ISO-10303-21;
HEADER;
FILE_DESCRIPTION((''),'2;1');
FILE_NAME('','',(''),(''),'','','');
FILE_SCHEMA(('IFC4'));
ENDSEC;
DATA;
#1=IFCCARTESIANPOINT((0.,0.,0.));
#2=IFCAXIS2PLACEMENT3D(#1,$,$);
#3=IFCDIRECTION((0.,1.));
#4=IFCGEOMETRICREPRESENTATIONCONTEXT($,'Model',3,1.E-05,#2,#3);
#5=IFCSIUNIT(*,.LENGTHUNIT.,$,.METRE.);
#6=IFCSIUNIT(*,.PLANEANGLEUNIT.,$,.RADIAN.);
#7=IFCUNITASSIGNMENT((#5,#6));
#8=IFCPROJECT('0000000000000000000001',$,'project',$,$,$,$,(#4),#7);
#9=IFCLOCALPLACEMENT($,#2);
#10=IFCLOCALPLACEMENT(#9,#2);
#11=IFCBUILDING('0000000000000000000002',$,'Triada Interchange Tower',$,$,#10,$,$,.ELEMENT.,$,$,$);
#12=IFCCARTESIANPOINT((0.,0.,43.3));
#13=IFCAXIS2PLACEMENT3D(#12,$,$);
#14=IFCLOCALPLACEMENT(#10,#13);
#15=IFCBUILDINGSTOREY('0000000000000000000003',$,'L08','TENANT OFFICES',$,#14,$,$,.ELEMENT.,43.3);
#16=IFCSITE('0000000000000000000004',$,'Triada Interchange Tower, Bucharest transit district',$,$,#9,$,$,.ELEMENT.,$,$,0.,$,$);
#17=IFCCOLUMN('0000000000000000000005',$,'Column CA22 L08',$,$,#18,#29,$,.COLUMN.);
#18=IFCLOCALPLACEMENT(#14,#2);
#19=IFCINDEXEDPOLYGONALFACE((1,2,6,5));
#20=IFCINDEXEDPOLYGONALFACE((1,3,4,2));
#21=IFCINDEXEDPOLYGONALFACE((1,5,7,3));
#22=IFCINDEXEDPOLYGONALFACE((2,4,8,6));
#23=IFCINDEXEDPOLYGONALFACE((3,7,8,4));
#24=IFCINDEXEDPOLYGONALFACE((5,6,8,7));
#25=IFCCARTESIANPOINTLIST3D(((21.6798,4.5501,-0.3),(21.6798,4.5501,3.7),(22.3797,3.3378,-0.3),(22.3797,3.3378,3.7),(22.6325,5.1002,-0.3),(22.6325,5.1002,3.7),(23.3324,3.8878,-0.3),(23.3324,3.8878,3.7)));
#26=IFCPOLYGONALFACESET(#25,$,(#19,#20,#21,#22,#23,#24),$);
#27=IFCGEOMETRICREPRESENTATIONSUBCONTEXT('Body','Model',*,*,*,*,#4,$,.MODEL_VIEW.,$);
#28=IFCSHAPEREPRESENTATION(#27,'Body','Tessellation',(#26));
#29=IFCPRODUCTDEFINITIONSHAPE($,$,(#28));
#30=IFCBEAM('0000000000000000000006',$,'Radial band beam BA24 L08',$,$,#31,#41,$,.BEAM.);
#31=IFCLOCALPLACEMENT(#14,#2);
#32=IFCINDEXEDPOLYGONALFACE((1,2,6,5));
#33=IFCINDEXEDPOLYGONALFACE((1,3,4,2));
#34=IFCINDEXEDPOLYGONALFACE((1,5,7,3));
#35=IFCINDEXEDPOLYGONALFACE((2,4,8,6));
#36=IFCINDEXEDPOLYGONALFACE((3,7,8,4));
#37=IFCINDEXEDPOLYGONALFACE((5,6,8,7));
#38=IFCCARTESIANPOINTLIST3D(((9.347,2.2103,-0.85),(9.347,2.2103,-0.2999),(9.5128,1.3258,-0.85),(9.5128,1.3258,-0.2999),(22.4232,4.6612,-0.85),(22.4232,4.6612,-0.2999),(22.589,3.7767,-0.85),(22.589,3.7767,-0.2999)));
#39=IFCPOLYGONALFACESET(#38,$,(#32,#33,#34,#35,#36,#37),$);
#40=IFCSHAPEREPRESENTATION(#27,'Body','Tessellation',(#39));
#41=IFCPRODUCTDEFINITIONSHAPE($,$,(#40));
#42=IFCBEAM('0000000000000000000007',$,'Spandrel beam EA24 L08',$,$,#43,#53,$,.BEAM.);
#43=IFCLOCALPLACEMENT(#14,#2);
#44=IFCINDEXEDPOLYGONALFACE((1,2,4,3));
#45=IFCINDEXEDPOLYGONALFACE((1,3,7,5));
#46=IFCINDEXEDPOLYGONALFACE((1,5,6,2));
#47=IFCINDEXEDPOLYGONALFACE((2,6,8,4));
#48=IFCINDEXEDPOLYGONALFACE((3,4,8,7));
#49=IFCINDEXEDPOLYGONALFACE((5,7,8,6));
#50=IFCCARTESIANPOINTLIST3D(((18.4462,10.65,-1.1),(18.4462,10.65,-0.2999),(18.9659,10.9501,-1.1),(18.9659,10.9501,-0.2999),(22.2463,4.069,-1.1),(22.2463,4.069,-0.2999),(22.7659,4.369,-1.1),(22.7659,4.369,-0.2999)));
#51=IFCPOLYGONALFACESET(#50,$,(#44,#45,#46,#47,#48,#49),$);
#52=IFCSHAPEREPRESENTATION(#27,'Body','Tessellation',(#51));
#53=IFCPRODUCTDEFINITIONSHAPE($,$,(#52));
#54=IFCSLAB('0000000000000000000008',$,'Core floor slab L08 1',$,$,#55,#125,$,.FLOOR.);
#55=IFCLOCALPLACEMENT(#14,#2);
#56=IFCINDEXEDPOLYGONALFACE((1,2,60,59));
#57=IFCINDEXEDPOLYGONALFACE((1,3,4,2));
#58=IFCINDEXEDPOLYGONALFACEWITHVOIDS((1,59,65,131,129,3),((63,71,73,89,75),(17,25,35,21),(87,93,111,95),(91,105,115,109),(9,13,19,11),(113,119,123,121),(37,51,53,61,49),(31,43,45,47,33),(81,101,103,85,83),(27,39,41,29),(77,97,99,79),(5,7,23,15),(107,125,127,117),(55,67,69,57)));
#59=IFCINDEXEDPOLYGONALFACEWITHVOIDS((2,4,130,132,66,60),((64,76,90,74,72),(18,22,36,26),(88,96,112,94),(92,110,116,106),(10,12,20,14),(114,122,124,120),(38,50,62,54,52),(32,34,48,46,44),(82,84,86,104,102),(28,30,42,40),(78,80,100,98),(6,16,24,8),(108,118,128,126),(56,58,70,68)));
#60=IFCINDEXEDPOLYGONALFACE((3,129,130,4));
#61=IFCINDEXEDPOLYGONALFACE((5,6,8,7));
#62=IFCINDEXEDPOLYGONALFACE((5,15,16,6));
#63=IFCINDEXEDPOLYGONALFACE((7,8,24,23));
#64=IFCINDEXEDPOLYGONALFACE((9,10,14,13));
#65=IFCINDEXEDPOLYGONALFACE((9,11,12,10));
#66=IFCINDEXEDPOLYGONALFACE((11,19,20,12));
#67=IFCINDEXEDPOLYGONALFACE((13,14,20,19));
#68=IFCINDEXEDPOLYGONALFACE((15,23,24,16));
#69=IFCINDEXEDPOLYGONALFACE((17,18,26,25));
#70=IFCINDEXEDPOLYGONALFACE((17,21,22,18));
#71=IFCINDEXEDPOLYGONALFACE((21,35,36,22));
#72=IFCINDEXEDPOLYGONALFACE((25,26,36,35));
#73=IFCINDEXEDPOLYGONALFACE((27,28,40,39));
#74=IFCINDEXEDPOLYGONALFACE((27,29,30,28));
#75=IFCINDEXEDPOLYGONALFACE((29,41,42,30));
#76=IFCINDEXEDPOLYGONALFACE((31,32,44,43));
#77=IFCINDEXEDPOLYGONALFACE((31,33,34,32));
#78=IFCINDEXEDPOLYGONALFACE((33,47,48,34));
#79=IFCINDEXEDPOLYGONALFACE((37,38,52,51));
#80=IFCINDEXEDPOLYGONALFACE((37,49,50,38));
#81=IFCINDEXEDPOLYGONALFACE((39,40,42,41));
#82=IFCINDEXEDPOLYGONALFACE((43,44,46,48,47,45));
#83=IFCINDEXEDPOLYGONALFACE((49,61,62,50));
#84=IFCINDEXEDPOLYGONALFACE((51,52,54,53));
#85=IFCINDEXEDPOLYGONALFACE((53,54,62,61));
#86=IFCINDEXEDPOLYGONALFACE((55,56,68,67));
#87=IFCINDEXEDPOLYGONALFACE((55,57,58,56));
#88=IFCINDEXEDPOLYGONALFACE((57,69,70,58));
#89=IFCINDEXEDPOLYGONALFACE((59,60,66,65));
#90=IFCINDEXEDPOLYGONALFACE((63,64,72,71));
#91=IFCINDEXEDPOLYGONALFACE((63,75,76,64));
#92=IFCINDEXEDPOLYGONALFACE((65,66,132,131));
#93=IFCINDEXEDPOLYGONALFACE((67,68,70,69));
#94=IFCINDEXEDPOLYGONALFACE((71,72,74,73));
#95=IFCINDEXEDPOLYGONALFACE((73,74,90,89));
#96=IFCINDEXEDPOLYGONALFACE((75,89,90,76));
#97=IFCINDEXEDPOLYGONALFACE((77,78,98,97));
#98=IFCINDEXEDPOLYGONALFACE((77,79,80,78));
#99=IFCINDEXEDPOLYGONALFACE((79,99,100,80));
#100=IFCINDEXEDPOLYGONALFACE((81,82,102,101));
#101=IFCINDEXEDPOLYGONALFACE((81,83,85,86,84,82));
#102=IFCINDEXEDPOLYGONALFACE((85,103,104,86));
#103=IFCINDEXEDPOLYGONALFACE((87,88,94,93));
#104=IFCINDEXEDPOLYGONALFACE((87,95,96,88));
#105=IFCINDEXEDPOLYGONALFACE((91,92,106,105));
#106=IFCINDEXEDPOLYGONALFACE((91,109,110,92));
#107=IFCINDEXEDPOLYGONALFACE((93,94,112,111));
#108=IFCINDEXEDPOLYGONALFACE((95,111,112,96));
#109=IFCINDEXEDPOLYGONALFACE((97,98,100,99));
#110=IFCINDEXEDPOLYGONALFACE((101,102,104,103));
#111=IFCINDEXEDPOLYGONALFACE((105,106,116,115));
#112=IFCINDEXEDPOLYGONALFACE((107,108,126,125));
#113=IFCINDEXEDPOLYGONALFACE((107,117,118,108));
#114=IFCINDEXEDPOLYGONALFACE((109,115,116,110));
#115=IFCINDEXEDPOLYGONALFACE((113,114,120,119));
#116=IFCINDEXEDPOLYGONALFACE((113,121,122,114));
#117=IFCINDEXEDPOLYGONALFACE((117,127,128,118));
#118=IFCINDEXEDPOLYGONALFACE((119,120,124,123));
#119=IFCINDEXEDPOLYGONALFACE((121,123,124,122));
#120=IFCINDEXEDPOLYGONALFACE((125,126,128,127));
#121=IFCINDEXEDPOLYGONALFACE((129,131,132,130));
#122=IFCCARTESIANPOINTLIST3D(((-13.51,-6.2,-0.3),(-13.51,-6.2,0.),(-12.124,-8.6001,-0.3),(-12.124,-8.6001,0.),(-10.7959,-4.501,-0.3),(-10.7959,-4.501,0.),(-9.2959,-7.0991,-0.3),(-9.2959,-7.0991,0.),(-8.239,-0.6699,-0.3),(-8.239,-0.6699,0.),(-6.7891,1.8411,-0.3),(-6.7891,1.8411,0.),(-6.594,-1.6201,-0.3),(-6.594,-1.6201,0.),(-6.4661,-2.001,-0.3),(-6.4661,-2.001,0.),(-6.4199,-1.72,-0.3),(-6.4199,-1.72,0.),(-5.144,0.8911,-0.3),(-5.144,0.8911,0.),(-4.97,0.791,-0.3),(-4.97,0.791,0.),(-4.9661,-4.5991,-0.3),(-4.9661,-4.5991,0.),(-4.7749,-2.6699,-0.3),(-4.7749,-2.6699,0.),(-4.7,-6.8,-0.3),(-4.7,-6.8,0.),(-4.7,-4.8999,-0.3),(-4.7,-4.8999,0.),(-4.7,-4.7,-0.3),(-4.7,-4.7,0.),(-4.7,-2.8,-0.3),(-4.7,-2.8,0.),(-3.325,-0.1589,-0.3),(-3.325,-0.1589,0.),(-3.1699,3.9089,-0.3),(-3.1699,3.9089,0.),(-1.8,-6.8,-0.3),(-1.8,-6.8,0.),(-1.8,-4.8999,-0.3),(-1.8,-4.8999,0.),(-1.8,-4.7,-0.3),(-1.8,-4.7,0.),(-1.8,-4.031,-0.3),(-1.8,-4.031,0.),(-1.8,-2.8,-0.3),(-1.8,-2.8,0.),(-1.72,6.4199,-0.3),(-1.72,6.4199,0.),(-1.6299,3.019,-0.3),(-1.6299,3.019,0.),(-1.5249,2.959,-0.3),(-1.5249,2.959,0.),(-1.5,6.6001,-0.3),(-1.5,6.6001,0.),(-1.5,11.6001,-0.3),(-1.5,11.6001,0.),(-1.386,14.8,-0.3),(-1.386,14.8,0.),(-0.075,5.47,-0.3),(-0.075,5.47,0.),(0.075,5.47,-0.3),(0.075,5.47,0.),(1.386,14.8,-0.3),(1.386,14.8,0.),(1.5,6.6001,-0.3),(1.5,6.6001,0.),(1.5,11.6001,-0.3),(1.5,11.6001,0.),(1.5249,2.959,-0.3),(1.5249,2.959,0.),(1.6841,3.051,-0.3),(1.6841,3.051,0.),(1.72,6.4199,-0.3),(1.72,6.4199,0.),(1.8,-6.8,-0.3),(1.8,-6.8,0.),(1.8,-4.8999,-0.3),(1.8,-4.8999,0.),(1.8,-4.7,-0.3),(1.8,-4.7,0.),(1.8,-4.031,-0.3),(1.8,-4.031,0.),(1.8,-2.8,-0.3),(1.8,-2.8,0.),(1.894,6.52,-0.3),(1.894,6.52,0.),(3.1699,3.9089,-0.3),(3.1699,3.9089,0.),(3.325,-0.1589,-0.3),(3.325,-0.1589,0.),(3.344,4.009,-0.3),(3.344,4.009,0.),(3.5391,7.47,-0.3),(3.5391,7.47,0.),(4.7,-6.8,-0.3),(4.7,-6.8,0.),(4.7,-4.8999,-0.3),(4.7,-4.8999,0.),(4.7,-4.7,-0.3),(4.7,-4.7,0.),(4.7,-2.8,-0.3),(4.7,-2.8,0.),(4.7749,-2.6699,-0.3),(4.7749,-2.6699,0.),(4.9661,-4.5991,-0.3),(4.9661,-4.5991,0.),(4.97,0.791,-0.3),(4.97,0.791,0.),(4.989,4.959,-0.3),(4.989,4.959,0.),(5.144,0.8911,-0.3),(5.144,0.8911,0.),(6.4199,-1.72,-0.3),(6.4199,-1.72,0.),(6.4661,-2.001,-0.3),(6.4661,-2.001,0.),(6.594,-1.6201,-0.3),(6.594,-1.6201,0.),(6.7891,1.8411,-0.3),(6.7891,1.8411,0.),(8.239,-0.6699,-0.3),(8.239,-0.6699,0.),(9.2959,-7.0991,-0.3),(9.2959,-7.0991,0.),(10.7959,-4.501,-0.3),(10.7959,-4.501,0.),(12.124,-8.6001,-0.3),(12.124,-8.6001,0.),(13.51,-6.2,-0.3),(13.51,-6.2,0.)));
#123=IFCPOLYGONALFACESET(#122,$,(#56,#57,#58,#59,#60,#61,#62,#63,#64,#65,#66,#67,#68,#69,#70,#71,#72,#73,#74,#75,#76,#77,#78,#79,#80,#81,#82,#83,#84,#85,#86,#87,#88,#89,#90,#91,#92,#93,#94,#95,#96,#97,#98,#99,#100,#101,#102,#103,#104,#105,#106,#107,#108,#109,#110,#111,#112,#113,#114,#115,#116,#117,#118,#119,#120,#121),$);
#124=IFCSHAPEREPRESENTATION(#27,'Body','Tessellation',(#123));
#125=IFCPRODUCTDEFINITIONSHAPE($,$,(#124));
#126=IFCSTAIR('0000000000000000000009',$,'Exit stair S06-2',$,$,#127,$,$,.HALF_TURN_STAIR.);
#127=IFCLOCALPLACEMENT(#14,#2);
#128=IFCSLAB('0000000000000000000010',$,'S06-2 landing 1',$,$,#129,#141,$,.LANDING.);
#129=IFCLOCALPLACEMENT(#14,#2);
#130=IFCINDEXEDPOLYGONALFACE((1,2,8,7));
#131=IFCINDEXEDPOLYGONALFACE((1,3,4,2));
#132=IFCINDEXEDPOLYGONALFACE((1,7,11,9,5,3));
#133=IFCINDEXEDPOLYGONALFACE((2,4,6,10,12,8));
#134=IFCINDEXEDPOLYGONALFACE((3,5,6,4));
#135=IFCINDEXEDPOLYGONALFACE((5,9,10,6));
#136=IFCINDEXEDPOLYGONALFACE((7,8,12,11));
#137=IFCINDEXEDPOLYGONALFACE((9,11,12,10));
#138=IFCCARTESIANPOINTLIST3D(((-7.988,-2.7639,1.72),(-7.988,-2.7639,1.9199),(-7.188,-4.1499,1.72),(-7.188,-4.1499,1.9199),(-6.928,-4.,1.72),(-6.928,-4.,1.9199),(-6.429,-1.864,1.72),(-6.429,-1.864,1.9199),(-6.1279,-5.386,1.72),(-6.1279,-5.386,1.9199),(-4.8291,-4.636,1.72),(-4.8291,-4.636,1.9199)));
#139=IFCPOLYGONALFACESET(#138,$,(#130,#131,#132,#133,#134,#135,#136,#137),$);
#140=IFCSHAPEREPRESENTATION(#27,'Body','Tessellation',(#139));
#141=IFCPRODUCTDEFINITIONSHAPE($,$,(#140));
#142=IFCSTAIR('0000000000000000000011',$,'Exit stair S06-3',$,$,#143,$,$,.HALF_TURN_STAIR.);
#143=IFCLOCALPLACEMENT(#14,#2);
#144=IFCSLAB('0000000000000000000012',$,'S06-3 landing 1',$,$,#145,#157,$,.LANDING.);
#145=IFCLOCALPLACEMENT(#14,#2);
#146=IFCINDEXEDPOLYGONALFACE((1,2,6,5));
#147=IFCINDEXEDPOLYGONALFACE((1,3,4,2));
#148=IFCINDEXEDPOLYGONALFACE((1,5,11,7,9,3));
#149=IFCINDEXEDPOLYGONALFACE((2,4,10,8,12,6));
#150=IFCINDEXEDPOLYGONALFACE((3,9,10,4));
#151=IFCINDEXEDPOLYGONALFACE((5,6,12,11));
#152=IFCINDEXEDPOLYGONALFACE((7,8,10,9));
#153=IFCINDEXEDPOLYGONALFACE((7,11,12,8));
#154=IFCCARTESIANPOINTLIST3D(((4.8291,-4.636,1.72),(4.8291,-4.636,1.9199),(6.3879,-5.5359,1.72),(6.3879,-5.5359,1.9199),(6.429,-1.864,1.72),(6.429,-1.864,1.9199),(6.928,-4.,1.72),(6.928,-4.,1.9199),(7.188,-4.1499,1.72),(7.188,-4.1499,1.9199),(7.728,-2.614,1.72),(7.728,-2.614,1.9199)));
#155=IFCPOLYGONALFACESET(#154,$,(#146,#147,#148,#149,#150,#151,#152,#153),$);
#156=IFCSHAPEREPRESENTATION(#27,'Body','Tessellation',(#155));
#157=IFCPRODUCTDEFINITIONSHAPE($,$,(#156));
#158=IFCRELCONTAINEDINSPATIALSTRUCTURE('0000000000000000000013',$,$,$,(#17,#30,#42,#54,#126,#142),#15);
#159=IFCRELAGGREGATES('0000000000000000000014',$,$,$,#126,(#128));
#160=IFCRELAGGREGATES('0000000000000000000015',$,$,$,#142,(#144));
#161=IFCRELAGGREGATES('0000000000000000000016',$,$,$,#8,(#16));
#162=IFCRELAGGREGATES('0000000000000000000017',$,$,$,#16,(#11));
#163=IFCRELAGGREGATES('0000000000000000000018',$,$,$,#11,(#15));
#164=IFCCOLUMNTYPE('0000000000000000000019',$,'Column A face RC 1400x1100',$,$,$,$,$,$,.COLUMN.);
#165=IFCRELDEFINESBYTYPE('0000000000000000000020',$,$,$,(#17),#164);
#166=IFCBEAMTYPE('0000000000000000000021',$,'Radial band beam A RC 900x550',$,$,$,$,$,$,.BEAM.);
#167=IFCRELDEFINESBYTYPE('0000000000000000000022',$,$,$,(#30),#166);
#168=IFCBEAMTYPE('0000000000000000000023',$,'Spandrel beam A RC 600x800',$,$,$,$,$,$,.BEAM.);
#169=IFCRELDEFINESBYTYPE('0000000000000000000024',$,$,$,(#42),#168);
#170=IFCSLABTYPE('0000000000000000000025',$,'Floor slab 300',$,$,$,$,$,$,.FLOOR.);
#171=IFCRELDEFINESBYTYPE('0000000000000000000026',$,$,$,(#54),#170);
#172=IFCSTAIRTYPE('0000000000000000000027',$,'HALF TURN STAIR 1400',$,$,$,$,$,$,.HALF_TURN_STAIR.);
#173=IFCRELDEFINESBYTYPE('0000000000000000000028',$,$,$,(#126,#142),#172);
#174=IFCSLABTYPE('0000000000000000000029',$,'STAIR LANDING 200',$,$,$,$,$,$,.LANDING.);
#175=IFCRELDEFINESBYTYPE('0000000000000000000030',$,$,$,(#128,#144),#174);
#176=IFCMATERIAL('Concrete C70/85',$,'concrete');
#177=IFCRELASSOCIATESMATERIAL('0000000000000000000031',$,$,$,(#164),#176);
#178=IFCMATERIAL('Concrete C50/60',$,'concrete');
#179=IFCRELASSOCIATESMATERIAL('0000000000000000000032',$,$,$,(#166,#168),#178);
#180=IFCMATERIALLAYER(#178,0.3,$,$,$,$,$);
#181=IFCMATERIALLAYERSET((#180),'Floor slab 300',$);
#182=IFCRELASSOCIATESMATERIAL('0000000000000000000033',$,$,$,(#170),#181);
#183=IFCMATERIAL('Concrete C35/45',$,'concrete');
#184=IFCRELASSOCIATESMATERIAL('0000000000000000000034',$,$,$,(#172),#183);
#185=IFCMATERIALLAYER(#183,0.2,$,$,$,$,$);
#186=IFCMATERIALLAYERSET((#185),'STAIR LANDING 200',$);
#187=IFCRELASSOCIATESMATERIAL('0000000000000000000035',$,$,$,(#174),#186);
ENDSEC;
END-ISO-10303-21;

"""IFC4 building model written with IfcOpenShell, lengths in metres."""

from ifc_helpers import new_model, si_unit, direction, frame, origin, origin_2d, place, context, subcontext, project, spatial, polyline, rectangle, outline, extrude, material, layer, layer_set, material_profile, profile_set, type_object, element, aggregate, save


model = new_model("IFC4")

# Units and contexts
model_context = context("Model", 3, precision=1e-05, world=origin(), true_north=direction((0.0, 1.0)))
body_context = subcontext(model_context, "Body", "Model", "MODEL_VIEW")
ifc_project = project(units=[si_unit("LENGTHUNIT", "METRE"), si_unit("PLANEANGLEUNIT", "RADIAN")], contexts=[model_context])

# Site, building, storey
site_placement = place(None, origin())
site = spatial("IfcSite", under=ifc_project, at=site_placement, Name="Triada Interchange Tower, Bucharest transit district", CompositionType="ELEMENT", RefElevation=0.0)
building_placement = place(site_placement, origin())
building = spatial("IfcBuilding", under=site, at=building_placement, Name="Triada Interchange Tower", CompositionType="ELEMENT")
storey_placement = place(building_placement, frame((0.0, 0.0, 43.3)))
storey = spatial("IfcBuildingStorey", under=building, at=storey_placement, Name="L08", Description="TENANT OFFICES", CompositionType="ELEMENT", Elevation=43.3)

# Column
ifc_material_1 = material(Name="Concrete C70/85", Category="concrete")
ifc_material_profile_1 = material_profile(ifc_material_1, rectangle(XDim=1.3999, YDim=1.1001, at=origin_2d()), Name="RC 1400x1100")
ifc_profile_set_1 = profile_set([ifc_material_profile_1], Name="Concrete C70/85")
column_type = type_object("IfcColumnType", Name="Column A face RC 1400x1100", PredefinedType="COLUMN", material=ifc_profile_set_1)
column_placement = place(storey_placement, frame((22.5061, 4.219, -0.3), z_axis=(0.0, 0.0, 1.0), x_axis=(-0.5, 0.866025, 0.0)))
element("IfcColumn", 1, at=column_placement, inside=storey, type_object=column_type, Name="Column CA22 L08", PredefinedType="COLUMN", context=body_context, shape_type="SweptSolid", body=[
    extrude(rectangle(XDim=1.3999, YDim=1.1001, at=origin_2d()), origin(), (0.0, 0.0, 1.0), 4.0),
])

# Beams
ifc_material_2 = material(Name="Concrete C50/60", Category="concrete")
ifc_material_profile_2 = material_profile(ifc_material_2, rectangle(XDim=0.8999, YDim=0.55, at=origin_2d()), Name="RC 900x550")
ifc_profile_set_2 = profile_set([ifc_material_profile_2], Name="Concrete C50/60")
beam_type_1 = type_object("IfcBeamType", Name="Radial band beam A RC 900x550", PredefinedType="BEAM", material=ifc_profile_set_2)
beam_1_placement = place(storey_placement, frame((22.5061, 4.219, -0.575), z_axis=(-0.982884, -0.184226, 0.0), x_axis=(0.184226, -0.982884, 0.0)))
element("IfcBeam", 2, at=beam_1_placement, inside=storey, type_object=beam_type_1, Name="Radial band beam BA24 L08", PredefinedType="BEAM", context=body_context, shape_type="SweptSolid", body=[
    extrude(rectangle(XDim=0.8999, YDim=0.55, at=origin_2d()), origin(), (0.0, 0.0, 1.0), 13.304),
])
ifc_material_profile_3 = material_profile(ifc_material_2, rectangle(XDim=0.6001, YDim=0.8, at=origin_2d()), Name="RC 600x800")
ifc_profile_set_3 = profile_set([ifc_material_profile_3], Name="Concrete C50/60")
beam_type_2 = type_object("IfcBeamType", Name="Spandrel beam A RC 600x800", PredefinedType="BEAM", material=ifc_profile_set_3)
beam_2_placement = place(storey_placement, frame((22.5061, 4.219, -0.7), z_axis=(-0.500047, 0.865998, 0.0), x_axis=(-0.865998, -0.500047, 0.0)))
element("IfcBeam", 3, at=beam_2_placement, inside=storey, type_object=beam_type_2, Name="Spandrel beam EA24 L08", PredefinedType="BEAM", context=body_context, shape_type="SweptSolid", body=[
    extrude(rectangle(XDim=0.6001, YDim=0.8, at=origin_2d()), origin(), (0.0, 0.0, 1.0), 7.5994),
])

# Slab
ifc_layer_1 = layer(ifc_material_2, 0.3)
ifc_layer_set_1 = layer_set([ifc_layer_1], Name="Floor slab 300")
slab_type_1 = type_object("IfcSlabType", Name="Floor slab 300", PredefinedType="FLOOR", material=ifc_layer_set_1)
slab_1_placement = place(storey_placement, frame((0.0, 0.0, -0.3)))
element("IfcSlab", 4, at=slab_1_placement, inside=storey, type_object=slab_type_1, Name="Core floor slab L08 1", PredefinedType="FLOOR", context=body_context, shape_type="SweptSolid", body=[
    extrude(outline(polyline([(13.51, -6.2), (12.124, -8.6001), (-12.124, -8.6001), (-13.51, -6.2), (-1.386, 14.8), (1.386, 14.8), (13.51, -6.2)]), holes=[polyline([(9.2959, -7.0991), (10.7959, -4.501), (6.4661, -2.001), (4.9661, -4.5991), (9.2959, -7.0991)]), polyline([(6.7891, 1.8411), (5.144, 0.8911), (6.594, -1.6201), (8.239, -0.6699), (6.7891, 1.8411)]), polyline([(4.97, 0.791), (3.325, -0.1589), (4.7749, -2.6699), (6.4199, -1.72), (4.97, 0.791)]), polyline([(1.894, 6.52), (3.344, 4.009), (4.989, 4.959), (3.5391, 7.47), (1.894, 6.52)]), polyline([(1.8, -4.8999), (1.8, -6.8), (4.7, -6.8), (4.7, -4.8999), (1.8, -4.8999)]), polyline([(1.8, -2.8), (1.8, -4.031), (1.8, -4.7), (4.7, -4.7), (4.7, -2.8), (1.8, -2.8)]), polyline([(1.5249, 2.959), (1.6841, 3.051), (3.1699, 3.9089), (1.72, 6.4199), (0.075, 5.47), (1.5249, 2.959)]), polyline([(1.5, 11.6001), (-1.5, 11.6001), (-1.5, 6.6001), (1.5, 6.6001), (1.5, 11.6001)]), polyline([(-0.075, 5.47), (-1.72, 6.4199), (-3.1699, 3.9089), (-1.6299, 3.019), (-1.5249, 2.959), (-0.075, 5.47)]), polyline([(-4.7, -2.8), (-4.7, -4.7), (-1.8, -4.7), (-1.8, -4.031), (-1.8, -2.8), (-4.7, -2.8)]), polyline([(-4.7, -4.8999), (-4.7, -6.8), (-1.8, -6.8), (-1.8, -4.8999), (-4.7, -4.8999)]), polyline([(-4.7749, -2.6699), (-3.325, -0.1589), (-4.97, 0.791), (-6.4199, -1.72), (-4.7749, -2.6699)]), polyline([(-10.7959, -4.501), (-9.2959, -7.0991), (-4.9661, -4.5991), (-6.4661, -2.001), (-10.7959, -4.501)]), polyline([(-6.594, -1.6201), (-5.144, 0.8911), (-6.7891, 1.8411), (-8.239, -0.6699), (-6.594, -1.6201)])]), origin(), (0.0, 0.0, 1.0), 0.3),
])

# Stairs, slabs
ifc_material_3 = material(Name="Concrete C35/45", Category="concrete")
stair_type = type_object("IfcStairType", Name="HALF TURN STAIR 1400", PredefinedType="HALF_TURN_STAIR", material=ifc_material_3)
stair_1_placement = place(storey_placement, origin())
stair_1 = element("IfcStair", 5, at=stair_1_placement, inside=storey, type_object=stair_type, Name="Exit stair S06-2", PredefinedType="HALF_TURN_STAIR")
ifc_layer_2 = layer(ifc_material_3, 0.2)
ifc_layer_set_2 = layer_set([ifc_layer_2], Name="STAIR LANDING 200")
slab_type_2 = type_object("IfcSlabType", Name="STAIR LANDING 200", PredefinedType="LANDING", material=ifc_layer_set_2)
slab_2_placement = place(storey_placement, frame((0.0, 0.0, 1.72)))
slab_2 = element("IfcSlab", 6, at=slab_2_placement, type_object=slab_type_2, Name="S06-2 landing 1", PredefinedType="LANDING", context=body_context, shape_type="SweptSolid", body=[
    extrude(outline(polyline([(-6.429, -1.864), (-7.988, -2.7639), (-7.188, -4.1499), (-6.928, -4.0), (-6.1279, -5.386), (-4.8291, -4.636), (-6.429, -1.864)])), origin(), (0.0, 0.0, 1.0), 0.2),
])
aggregate(stair_1, [slab_2])
stair_2_placement = place(storey_placement, origin())
stair_2 = element("IfcStair", 7, at=stair_2_placement, inside=storey, type_object=stair_type, Name="Exit stair S06-3", PredefinedType="HALF_TURN_STAIR")
slab_3_placement = place(storey_placement, frame((0.0, 0.0, 1.72)))
slab_3 = element("IfcSlab", 8, at=slab_3_placement, type_object=slab_type_2, Name="S06-3 landing 1", PredefinedType="LANDING", context=body_context, shape_type="SweptSolid", body=[
    extrude(outline(polyline([(4.8291, -4.636), (6.3879, -5.5359), (7.188, -4.1499), (6.928, -4.0), (7.728, -2.614), (6.429, -1.864), (4.8291, -4.636)])), origin(), (0.0, 0.0, 1.0), 0.2),
])
aggregate(stair_2, [slab_3])

save(model, "model.ifc")
